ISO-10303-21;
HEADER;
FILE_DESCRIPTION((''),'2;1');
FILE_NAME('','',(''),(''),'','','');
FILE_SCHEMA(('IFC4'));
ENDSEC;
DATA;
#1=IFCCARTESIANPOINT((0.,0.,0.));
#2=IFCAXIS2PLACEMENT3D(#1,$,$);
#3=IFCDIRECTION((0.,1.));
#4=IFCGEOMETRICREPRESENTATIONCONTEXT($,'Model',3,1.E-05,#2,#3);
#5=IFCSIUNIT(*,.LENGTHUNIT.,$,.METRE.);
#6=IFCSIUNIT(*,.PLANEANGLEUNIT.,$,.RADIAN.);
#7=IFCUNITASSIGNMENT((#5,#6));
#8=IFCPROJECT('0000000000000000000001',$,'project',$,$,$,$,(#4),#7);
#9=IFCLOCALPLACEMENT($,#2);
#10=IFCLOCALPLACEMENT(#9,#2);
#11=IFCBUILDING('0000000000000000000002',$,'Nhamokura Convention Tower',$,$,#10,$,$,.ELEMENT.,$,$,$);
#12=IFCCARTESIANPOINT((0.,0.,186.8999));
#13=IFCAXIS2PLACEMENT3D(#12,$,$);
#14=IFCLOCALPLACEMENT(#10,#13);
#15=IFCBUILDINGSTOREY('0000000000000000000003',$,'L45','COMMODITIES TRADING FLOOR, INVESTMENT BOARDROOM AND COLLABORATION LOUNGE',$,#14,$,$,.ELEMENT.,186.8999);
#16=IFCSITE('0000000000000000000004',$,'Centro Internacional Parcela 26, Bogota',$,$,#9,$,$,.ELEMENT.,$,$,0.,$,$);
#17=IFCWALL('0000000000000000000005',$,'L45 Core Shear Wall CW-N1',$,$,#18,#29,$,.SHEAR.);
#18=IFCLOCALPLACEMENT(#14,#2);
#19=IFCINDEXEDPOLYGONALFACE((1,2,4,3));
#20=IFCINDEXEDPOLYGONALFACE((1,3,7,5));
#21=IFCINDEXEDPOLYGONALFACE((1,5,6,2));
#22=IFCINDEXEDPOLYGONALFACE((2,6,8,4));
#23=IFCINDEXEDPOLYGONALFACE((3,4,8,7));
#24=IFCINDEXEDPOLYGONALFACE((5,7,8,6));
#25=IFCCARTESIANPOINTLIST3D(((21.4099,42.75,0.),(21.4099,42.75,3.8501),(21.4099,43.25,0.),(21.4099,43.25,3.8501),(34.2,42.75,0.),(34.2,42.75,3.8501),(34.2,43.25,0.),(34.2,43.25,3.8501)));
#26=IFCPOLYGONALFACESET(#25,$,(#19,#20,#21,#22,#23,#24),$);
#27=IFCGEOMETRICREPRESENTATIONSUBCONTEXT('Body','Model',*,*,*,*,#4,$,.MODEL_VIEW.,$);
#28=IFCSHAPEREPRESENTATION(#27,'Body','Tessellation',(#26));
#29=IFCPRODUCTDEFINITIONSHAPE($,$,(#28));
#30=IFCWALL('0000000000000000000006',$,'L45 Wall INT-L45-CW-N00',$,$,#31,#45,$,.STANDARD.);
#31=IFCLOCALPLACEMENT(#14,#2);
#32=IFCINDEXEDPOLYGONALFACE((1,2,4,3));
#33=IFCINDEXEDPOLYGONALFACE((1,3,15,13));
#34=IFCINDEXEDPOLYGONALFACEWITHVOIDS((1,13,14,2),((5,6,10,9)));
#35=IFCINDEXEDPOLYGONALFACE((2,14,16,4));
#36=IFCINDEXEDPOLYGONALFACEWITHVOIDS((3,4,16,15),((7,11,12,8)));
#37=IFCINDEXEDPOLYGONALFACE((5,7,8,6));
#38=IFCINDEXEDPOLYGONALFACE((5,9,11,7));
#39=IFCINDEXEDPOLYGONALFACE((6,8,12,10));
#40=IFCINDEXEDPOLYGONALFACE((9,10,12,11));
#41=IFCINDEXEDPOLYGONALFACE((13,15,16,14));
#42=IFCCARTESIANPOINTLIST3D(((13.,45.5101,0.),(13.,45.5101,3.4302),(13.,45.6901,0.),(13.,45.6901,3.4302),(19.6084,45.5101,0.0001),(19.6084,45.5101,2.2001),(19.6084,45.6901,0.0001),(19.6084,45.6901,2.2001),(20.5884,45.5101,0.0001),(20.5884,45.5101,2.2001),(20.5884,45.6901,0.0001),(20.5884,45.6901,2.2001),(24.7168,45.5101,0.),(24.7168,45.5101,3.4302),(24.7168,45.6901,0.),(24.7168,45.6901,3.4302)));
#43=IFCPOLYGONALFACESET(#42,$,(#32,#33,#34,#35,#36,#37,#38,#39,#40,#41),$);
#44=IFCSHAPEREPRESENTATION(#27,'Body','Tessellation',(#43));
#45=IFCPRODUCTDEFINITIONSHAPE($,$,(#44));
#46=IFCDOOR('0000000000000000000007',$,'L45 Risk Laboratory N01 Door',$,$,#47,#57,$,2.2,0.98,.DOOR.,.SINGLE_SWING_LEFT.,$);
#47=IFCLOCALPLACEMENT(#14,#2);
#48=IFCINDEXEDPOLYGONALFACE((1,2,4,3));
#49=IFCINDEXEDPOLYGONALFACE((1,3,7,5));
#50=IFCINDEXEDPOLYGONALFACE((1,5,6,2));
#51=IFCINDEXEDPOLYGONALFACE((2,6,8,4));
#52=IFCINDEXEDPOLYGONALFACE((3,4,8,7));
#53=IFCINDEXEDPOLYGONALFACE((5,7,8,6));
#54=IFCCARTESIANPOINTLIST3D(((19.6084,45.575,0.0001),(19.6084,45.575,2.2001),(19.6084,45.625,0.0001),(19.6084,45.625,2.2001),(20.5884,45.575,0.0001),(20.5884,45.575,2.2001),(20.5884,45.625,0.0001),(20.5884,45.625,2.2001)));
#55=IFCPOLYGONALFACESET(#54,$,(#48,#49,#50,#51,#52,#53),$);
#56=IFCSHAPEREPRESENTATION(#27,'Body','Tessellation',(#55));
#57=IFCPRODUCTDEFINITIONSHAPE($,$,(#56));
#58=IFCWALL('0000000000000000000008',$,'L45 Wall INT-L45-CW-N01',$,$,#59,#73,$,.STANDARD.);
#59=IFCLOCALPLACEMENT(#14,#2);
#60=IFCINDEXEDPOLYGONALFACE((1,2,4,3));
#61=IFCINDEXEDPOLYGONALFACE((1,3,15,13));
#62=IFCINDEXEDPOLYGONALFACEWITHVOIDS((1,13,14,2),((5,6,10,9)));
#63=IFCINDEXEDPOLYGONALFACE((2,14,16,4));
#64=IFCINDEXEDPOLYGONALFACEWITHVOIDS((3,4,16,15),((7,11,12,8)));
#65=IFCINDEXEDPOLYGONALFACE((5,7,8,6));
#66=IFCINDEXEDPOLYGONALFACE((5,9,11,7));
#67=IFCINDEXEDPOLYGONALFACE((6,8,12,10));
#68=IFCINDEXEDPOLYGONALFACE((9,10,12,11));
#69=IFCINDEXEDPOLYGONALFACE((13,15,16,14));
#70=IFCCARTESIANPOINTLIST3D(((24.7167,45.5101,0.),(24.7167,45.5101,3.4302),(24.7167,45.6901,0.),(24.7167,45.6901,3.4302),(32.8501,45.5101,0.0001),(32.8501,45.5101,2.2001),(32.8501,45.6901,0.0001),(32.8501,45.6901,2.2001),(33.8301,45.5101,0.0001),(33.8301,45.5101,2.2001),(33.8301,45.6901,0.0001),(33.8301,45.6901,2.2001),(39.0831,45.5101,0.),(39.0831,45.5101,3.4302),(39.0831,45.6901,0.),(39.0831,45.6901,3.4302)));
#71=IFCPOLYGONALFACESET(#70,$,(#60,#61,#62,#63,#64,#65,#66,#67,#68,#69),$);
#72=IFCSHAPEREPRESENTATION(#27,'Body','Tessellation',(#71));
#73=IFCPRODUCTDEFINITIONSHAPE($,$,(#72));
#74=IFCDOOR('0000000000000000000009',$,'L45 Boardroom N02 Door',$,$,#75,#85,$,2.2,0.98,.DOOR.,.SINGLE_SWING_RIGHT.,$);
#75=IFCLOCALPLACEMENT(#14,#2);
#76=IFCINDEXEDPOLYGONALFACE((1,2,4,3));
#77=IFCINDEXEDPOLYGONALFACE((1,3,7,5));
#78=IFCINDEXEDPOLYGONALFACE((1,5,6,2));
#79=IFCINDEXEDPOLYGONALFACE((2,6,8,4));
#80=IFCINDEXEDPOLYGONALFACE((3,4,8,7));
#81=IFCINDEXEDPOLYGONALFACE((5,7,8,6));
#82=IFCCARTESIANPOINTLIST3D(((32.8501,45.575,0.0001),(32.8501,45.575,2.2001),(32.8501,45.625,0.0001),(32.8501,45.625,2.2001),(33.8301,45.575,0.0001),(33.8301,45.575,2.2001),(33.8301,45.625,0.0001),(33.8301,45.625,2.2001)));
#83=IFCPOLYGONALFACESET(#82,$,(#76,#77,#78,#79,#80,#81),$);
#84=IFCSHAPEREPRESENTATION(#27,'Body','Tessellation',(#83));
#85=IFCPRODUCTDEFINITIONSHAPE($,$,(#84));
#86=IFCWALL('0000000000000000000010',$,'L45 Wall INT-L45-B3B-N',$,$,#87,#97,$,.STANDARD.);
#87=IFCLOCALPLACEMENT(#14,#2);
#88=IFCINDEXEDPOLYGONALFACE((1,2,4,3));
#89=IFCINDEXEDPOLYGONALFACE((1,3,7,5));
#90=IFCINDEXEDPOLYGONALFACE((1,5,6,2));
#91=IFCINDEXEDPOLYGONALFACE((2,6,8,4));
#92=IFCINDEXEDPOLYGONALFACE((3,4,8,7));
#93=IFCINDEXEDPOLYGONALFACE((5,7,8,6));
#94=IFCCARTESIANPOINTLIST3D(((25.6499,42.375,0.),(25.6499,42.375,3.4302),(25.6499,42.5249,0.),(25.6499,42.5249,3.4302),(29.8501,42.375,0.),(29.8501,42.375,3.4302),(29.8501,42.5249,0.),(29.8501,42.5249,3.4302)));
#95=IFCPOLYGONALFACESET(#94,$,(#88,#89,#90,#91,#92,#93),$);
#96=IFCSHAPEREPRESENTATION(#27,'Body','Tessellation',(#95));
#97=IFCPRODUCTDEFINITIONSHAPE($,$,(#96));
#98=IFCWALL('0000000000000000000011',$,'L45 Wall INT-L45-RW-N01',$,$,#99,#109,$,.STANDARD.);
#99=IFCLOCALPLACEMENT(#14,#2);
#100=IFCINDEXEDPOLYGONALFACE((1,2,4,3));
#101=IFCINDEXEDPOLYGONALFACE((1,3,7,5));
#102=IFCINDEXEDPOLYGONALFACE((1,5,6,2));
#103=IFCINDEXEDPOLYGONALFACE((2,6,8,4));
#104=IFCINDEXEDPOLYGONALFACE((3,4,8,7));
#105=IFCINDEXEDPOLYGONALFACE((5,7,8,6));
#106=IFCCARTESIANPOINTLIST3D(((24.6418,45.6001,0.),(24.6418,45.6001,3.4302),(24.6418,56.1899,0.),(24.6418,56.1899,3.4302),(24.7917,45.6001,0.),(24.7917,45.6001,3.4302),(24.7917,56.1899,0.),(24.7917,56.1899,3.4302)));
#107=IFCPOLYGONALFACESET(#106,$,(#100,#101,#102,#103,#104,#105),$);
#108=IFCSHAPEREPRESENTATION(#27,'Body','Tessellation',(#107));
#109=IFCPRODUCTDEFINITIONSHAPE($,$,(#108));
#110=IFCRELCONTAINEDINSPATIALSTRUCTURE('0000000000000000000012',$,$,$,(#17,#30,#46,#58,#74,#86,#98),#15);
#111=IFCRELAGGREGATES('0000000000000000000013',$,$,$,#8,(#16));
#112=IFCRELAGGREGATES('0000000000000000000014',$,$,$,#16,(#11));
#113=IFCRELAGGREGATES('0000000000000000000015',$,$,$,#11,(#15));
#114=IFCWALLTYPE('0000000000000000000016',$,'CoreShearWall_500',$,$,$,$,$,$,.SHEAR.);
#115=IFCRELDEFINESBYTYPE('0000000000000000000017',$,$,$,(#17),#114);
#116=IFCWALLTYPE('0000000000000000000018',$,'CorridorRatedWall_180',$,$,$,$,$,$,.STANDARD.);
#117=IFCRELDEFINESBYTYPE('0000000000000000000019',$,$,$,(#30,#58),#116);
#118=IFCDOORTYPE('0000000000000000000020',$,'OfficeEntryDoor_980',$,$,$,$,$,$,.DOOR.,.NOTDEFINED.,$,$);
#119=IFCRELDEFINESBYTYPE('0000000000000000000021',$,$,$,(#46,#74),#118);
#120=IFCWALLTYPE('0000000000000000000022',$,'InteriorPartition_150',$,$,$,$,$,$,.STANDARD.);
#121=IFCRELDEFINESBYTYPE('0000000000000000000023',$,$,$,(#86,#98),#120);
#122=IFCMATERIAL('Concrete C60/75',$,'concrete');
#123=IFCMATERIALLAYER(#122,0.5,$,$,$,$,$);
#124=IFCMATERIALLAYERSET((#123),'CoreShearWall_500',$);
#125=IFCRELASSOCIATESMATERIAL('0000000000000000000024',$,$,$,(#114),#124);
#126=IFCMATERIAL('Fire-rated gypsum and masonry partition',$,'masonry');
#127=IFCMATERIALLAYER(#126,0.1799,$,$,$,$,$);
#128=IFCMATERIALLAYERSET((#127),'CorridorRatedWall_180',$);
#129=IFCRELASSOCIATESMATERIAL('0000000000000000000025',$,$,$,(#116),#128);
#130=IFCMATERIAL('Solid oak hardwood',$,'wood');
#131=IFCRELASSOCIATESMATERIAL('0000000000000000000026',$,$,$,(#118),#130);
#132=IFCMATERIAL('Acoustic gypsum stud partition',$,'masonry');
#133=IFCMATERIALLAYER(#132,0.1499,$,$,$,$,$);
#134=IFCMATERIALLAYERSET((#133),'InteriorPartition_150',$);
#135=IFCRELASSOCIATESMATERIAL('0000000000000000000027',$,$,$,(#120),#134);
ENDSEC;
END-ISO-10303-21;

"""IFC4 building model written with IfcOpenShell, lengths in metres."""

from ifc_helpers import new_model, si_unit, direction, frame, frame_2d, origin, place, context, subcontext, project, spatial, rectangle, extrude, material, layer, layer_set, type_object, element, fill, save


model = new_model("IFC4")

# Units and contexts
model_context = context("Model", 3, precision=1e-05, world=origin(), true_north=direction((0.0, 1.0)))
body_context = subcontext(model_context, "Body", "Model", "MODEL_VIEW")
ifc_project = project(units=[si_unit("LENGTHUNIT", "METRE"), si_unit("PLANEANGLEUNIT", "RADIAN")], contexts=[model_context])

# Site, building, storey
site_placement = place(None, origin())
site = spatial("IfcSite", under=ifc_project, at=site_placement, Name="Centro Internacional Parcela 26, Bogota", CompositionType="ELEMENT", RefElevation=0.0)
building_placement = place(site_placement, origin())
building = spatial("IfcBuilding", under=site, at=building_placement, Name="Nhamokura Convention Tower", CompositionType="ELEMENT")
storey_placement = place(building_placement, frame((0.0, 0.0, 186.8999)))
storey = spatial("IfcBuildingStorey", under=building, at=storey_placement, Name="L45", Description="COMMODITIES TRADING FLOOR, INVESTMENT BOARDROOM AND COLLABORATION LOUNGE", CompositionType="ELEMENT", Elevation=186.8999)

# Wall
ifc_material_1 = material(Name="Concrete C60/75", Category="concrete")
ifc_layer_1 = layer(ifc_material_1, 0.5)
ifc_layer_set_1 = layer_set([ifc_layer_1], Name="CoreShearWall_500")
wall_type_1 = type_object("IfcWallType", Name="CoreShearWall_500", PredefinedType="SHEAR", material=ifc_layer_set_1)
wall_1_placement = place(storey_placement, frame((21.4099, 43.0, 0.0), z_axis=(0.0, 0.0, 1.0), x_axis=(1.0, 0.0, 0.0)))
element("IfcWall", 1, at=wall_1_placement, inside=storey, type_object=wall_type_1, Name="L45 Core Shear Wall CW-N1", PredefinedType="SHEAR", context=body_context, shape_type="SweptSolid", body=[
    extrude(rectangle(XDim=12.79, YDim=0.5, at=frame_2d((6.395, 0.0))), origin(), (0.0, 0.0, 1.0), 3.8501),
])

# Walls, openings, doors
ifc_material_2 = material(Name="Fire-rated gypsum and masonry partition", Category="masonry")
ifc_layer_2 = layer(ifc_material_2, 0.1799)
ifc_layer_set_2 = layer_set([ifc_layer_2], Name="CorridorRatedWall_180")
wall_type_2 = type_object("IfcWallType", Name="CorridorRatedWall_180", PredefinedType="STANDARD", material=ifc_layer_set_2)
wall_2_placement = place(storey_placement, frame((13.0, 45.6001, 0.0), z_axis=(0.0, 0.0, 1.0), x_axis=(1.0, 0.0, 0.0)))
wall_2 = element("IfcWall", 2, at=wall_2_placement, inside=storey, type_object=wall_type_2, Name="L45 Wall INT-L45-CW-N00", PredefinedType="STANDARD", context=body_context, shape_type="SweptSolid", body=[
    extrude(rectangle(XDim=11.7168, YDim=0.1799, at=frame_2d((5.8584, 0.0))), origin(), (0.0, 0.0, 1.0), 3.4302),
])
opening_1_placement = place(wall_2_placement, frame((6.6084, 0.0, 0.0)))
opening_1 = element("IfcOpeningElement", 3, at=opening_1_placement, cuts=wall_2, PredefinedType="OPENING", context=body_context, shape_type="SweptSolid", body=[
    extrude(rectangle(XDim=0.98, YDim=2.2, at=frame_2d((0.49, 1.1001))), frame((0.0, 0.0999, 0.0), z_axis=(0.0, -1.0, 0.0), x_axis=(1.0, 0.0, 0.0)), (0.0, 0.0, 1.0), 0.2),
])
ifc_material_3 = material(Name="Solid oak hardwood", Category="wood")
door_type = type_object("IfcDoorType", Name="OfficeEntryDoor_980", OperationType="NOTDEFINED", PredefinedType="DOOR", material=ifc_material_3)
door_1_placement = place(opening_1_placement, origin())
door_1 = element("IfcDoor", 4, at=door_1_placement, inside=storey, type_object=door_type, Name="L45 Risk Laboratory N01 Door", OperationType="SINGLE_SWING_LEFT", OverallHeight=2.2, OverallWidth=0.98, PredefinedType="DOOR", context=body_context, shape_type="SweptSolid", body=[
    extrude(rectangle(XDim=0.98, YDim=2.2, at=frame_2d((0.49, 1.1001))), frame((0.0, 0.0249, 0.0), z_axis=(0.0, -1.0, 0.0), x_axis=(1.0, 0.0, 0.0)), (0.0, 0.0, 1.0), 0.05),
])
fill(opening_1, door_1)
wall_3_placement = place(storey_placement, frame((24.7168, 45.6001, 0.0), z_axis=(0.0, 0.0, 1.0), x_axis=(1.0, 0.0, 0.0)))
wall_3 = element("IfcWall", 5, at=wall_3_placement, inside=storey, type_object=wall_type_2, Name="L45 Wall INT-L45-CW-N01", PredefinedType="STANDARD", context=body_context, shape_type="SweptSolid", body=[
    extrude(rectangle(XDim=14.3665, YDim=0.1799, at=frame_2d((7.1831, 0.0))), origin(), (0.0, 0.0, 1.0), 3.4302),
])
opening_2_placement = place(wall_3_placement, frame((8.1333, 0.0, 0.0)))
opening_2 = element("IfcOpeningElement", 6, at=opening_2_placement, cuts=wall_3, PredefinedType="OPENING", context=body_context, shape_type="SweptSolid", body=[
    extrude(rectangle(XDim=0.98, YDim=2.2, at=frame_2d((0.49, 1.1001))), frame((0.0, 0.0999, 0.0), z_axis=(0.0, -1.0, 0.0), x_axis=(1.0, 0.0, 0.0)), (0.0, 0.0, 1.0), 0.2),
])
door_2_placement = place(opening_2_placement, origin())
door_2 = element("IfcDoor", 7, at=door_2_placement, inside=storey, type_object=door_type, Name="L45 Boardroom N02 Door", OperationType="SINGLE_SWING_RIGHT", OverallHeight=2.2, OverallWidth=0.98, PredefinedType="DOOR", context=body_context, shape_type="SweptSolid", body=[
    extrude(rectangle(XDim=0.98, YDim=2.2, at=frame_2d((0.49, 1.1001))), frame((0.0, 0.0249, 0.0), z_axis=(0.0, -1.0, 0.0), x_axis=(1.0, 0.0, 0.0)), (0.0, 0.0, 1.0), 0.05),
])
fill(opening_2, door_2)

# Walls
ifc_material_4 = material(Name="Acoustic gypsum stud partition", Category="masonry")
ifc_layer_3 = layer(ifc_material_4, 0.1499)
ifc_layer_set_3 = layer_set([ifc_layer_3], Name="InteriorPartition_150")
wall_type_3 = type_object("IfcWallType", Name="InteriorPartition_150", PredefinedType="STANDARD", material=ifc_layer_set_3)
wall_4_placement = place(storey_placement, frame((25.6499, 42.45, 0.0), z_axis=(0.0, 0.0, 1.0), x_axis=(1.0, 0.0, 0.0)))
element("IfcWall", 8, at=wall_4_placement, inside=storey, type_object=wall_type_3, Name="L45 Wall INT-L45-B3B-N", PredefinedType="STANDARD", context=body_context, shape_type="SweptSolid", body=[
    extrude(rectangle(XDim=4.2002, YDim=0.1499, at=frame_2d((2.1001, 0.0))), origin(), (0.0, 0.0, 1.0), 3.4302),
])
wall_5_placement = place(storey_placement, frame((24.7168, 45.6001, 0.0), z_axis=(0.0, 0.0, 1.0), x_axis=(0.0, 1.0, 0.0)))
element("IfcWall", 9, at=wall_5_placement, inside=storey, type_object=wall_type_3, Name="L45 Wall INT-L45-RW-N01", PredefinedType="STANDARD", context=body_context, shape_type="SweptSolid", body=[
    extrude(rectangle(XDim=10.5898, YDim=0.1499, at=frame_2d((5.2949, 0.0))), origin(), (0.0, 0.0, 1.0), 3.4302),
])

save(model, "model.ifc")
